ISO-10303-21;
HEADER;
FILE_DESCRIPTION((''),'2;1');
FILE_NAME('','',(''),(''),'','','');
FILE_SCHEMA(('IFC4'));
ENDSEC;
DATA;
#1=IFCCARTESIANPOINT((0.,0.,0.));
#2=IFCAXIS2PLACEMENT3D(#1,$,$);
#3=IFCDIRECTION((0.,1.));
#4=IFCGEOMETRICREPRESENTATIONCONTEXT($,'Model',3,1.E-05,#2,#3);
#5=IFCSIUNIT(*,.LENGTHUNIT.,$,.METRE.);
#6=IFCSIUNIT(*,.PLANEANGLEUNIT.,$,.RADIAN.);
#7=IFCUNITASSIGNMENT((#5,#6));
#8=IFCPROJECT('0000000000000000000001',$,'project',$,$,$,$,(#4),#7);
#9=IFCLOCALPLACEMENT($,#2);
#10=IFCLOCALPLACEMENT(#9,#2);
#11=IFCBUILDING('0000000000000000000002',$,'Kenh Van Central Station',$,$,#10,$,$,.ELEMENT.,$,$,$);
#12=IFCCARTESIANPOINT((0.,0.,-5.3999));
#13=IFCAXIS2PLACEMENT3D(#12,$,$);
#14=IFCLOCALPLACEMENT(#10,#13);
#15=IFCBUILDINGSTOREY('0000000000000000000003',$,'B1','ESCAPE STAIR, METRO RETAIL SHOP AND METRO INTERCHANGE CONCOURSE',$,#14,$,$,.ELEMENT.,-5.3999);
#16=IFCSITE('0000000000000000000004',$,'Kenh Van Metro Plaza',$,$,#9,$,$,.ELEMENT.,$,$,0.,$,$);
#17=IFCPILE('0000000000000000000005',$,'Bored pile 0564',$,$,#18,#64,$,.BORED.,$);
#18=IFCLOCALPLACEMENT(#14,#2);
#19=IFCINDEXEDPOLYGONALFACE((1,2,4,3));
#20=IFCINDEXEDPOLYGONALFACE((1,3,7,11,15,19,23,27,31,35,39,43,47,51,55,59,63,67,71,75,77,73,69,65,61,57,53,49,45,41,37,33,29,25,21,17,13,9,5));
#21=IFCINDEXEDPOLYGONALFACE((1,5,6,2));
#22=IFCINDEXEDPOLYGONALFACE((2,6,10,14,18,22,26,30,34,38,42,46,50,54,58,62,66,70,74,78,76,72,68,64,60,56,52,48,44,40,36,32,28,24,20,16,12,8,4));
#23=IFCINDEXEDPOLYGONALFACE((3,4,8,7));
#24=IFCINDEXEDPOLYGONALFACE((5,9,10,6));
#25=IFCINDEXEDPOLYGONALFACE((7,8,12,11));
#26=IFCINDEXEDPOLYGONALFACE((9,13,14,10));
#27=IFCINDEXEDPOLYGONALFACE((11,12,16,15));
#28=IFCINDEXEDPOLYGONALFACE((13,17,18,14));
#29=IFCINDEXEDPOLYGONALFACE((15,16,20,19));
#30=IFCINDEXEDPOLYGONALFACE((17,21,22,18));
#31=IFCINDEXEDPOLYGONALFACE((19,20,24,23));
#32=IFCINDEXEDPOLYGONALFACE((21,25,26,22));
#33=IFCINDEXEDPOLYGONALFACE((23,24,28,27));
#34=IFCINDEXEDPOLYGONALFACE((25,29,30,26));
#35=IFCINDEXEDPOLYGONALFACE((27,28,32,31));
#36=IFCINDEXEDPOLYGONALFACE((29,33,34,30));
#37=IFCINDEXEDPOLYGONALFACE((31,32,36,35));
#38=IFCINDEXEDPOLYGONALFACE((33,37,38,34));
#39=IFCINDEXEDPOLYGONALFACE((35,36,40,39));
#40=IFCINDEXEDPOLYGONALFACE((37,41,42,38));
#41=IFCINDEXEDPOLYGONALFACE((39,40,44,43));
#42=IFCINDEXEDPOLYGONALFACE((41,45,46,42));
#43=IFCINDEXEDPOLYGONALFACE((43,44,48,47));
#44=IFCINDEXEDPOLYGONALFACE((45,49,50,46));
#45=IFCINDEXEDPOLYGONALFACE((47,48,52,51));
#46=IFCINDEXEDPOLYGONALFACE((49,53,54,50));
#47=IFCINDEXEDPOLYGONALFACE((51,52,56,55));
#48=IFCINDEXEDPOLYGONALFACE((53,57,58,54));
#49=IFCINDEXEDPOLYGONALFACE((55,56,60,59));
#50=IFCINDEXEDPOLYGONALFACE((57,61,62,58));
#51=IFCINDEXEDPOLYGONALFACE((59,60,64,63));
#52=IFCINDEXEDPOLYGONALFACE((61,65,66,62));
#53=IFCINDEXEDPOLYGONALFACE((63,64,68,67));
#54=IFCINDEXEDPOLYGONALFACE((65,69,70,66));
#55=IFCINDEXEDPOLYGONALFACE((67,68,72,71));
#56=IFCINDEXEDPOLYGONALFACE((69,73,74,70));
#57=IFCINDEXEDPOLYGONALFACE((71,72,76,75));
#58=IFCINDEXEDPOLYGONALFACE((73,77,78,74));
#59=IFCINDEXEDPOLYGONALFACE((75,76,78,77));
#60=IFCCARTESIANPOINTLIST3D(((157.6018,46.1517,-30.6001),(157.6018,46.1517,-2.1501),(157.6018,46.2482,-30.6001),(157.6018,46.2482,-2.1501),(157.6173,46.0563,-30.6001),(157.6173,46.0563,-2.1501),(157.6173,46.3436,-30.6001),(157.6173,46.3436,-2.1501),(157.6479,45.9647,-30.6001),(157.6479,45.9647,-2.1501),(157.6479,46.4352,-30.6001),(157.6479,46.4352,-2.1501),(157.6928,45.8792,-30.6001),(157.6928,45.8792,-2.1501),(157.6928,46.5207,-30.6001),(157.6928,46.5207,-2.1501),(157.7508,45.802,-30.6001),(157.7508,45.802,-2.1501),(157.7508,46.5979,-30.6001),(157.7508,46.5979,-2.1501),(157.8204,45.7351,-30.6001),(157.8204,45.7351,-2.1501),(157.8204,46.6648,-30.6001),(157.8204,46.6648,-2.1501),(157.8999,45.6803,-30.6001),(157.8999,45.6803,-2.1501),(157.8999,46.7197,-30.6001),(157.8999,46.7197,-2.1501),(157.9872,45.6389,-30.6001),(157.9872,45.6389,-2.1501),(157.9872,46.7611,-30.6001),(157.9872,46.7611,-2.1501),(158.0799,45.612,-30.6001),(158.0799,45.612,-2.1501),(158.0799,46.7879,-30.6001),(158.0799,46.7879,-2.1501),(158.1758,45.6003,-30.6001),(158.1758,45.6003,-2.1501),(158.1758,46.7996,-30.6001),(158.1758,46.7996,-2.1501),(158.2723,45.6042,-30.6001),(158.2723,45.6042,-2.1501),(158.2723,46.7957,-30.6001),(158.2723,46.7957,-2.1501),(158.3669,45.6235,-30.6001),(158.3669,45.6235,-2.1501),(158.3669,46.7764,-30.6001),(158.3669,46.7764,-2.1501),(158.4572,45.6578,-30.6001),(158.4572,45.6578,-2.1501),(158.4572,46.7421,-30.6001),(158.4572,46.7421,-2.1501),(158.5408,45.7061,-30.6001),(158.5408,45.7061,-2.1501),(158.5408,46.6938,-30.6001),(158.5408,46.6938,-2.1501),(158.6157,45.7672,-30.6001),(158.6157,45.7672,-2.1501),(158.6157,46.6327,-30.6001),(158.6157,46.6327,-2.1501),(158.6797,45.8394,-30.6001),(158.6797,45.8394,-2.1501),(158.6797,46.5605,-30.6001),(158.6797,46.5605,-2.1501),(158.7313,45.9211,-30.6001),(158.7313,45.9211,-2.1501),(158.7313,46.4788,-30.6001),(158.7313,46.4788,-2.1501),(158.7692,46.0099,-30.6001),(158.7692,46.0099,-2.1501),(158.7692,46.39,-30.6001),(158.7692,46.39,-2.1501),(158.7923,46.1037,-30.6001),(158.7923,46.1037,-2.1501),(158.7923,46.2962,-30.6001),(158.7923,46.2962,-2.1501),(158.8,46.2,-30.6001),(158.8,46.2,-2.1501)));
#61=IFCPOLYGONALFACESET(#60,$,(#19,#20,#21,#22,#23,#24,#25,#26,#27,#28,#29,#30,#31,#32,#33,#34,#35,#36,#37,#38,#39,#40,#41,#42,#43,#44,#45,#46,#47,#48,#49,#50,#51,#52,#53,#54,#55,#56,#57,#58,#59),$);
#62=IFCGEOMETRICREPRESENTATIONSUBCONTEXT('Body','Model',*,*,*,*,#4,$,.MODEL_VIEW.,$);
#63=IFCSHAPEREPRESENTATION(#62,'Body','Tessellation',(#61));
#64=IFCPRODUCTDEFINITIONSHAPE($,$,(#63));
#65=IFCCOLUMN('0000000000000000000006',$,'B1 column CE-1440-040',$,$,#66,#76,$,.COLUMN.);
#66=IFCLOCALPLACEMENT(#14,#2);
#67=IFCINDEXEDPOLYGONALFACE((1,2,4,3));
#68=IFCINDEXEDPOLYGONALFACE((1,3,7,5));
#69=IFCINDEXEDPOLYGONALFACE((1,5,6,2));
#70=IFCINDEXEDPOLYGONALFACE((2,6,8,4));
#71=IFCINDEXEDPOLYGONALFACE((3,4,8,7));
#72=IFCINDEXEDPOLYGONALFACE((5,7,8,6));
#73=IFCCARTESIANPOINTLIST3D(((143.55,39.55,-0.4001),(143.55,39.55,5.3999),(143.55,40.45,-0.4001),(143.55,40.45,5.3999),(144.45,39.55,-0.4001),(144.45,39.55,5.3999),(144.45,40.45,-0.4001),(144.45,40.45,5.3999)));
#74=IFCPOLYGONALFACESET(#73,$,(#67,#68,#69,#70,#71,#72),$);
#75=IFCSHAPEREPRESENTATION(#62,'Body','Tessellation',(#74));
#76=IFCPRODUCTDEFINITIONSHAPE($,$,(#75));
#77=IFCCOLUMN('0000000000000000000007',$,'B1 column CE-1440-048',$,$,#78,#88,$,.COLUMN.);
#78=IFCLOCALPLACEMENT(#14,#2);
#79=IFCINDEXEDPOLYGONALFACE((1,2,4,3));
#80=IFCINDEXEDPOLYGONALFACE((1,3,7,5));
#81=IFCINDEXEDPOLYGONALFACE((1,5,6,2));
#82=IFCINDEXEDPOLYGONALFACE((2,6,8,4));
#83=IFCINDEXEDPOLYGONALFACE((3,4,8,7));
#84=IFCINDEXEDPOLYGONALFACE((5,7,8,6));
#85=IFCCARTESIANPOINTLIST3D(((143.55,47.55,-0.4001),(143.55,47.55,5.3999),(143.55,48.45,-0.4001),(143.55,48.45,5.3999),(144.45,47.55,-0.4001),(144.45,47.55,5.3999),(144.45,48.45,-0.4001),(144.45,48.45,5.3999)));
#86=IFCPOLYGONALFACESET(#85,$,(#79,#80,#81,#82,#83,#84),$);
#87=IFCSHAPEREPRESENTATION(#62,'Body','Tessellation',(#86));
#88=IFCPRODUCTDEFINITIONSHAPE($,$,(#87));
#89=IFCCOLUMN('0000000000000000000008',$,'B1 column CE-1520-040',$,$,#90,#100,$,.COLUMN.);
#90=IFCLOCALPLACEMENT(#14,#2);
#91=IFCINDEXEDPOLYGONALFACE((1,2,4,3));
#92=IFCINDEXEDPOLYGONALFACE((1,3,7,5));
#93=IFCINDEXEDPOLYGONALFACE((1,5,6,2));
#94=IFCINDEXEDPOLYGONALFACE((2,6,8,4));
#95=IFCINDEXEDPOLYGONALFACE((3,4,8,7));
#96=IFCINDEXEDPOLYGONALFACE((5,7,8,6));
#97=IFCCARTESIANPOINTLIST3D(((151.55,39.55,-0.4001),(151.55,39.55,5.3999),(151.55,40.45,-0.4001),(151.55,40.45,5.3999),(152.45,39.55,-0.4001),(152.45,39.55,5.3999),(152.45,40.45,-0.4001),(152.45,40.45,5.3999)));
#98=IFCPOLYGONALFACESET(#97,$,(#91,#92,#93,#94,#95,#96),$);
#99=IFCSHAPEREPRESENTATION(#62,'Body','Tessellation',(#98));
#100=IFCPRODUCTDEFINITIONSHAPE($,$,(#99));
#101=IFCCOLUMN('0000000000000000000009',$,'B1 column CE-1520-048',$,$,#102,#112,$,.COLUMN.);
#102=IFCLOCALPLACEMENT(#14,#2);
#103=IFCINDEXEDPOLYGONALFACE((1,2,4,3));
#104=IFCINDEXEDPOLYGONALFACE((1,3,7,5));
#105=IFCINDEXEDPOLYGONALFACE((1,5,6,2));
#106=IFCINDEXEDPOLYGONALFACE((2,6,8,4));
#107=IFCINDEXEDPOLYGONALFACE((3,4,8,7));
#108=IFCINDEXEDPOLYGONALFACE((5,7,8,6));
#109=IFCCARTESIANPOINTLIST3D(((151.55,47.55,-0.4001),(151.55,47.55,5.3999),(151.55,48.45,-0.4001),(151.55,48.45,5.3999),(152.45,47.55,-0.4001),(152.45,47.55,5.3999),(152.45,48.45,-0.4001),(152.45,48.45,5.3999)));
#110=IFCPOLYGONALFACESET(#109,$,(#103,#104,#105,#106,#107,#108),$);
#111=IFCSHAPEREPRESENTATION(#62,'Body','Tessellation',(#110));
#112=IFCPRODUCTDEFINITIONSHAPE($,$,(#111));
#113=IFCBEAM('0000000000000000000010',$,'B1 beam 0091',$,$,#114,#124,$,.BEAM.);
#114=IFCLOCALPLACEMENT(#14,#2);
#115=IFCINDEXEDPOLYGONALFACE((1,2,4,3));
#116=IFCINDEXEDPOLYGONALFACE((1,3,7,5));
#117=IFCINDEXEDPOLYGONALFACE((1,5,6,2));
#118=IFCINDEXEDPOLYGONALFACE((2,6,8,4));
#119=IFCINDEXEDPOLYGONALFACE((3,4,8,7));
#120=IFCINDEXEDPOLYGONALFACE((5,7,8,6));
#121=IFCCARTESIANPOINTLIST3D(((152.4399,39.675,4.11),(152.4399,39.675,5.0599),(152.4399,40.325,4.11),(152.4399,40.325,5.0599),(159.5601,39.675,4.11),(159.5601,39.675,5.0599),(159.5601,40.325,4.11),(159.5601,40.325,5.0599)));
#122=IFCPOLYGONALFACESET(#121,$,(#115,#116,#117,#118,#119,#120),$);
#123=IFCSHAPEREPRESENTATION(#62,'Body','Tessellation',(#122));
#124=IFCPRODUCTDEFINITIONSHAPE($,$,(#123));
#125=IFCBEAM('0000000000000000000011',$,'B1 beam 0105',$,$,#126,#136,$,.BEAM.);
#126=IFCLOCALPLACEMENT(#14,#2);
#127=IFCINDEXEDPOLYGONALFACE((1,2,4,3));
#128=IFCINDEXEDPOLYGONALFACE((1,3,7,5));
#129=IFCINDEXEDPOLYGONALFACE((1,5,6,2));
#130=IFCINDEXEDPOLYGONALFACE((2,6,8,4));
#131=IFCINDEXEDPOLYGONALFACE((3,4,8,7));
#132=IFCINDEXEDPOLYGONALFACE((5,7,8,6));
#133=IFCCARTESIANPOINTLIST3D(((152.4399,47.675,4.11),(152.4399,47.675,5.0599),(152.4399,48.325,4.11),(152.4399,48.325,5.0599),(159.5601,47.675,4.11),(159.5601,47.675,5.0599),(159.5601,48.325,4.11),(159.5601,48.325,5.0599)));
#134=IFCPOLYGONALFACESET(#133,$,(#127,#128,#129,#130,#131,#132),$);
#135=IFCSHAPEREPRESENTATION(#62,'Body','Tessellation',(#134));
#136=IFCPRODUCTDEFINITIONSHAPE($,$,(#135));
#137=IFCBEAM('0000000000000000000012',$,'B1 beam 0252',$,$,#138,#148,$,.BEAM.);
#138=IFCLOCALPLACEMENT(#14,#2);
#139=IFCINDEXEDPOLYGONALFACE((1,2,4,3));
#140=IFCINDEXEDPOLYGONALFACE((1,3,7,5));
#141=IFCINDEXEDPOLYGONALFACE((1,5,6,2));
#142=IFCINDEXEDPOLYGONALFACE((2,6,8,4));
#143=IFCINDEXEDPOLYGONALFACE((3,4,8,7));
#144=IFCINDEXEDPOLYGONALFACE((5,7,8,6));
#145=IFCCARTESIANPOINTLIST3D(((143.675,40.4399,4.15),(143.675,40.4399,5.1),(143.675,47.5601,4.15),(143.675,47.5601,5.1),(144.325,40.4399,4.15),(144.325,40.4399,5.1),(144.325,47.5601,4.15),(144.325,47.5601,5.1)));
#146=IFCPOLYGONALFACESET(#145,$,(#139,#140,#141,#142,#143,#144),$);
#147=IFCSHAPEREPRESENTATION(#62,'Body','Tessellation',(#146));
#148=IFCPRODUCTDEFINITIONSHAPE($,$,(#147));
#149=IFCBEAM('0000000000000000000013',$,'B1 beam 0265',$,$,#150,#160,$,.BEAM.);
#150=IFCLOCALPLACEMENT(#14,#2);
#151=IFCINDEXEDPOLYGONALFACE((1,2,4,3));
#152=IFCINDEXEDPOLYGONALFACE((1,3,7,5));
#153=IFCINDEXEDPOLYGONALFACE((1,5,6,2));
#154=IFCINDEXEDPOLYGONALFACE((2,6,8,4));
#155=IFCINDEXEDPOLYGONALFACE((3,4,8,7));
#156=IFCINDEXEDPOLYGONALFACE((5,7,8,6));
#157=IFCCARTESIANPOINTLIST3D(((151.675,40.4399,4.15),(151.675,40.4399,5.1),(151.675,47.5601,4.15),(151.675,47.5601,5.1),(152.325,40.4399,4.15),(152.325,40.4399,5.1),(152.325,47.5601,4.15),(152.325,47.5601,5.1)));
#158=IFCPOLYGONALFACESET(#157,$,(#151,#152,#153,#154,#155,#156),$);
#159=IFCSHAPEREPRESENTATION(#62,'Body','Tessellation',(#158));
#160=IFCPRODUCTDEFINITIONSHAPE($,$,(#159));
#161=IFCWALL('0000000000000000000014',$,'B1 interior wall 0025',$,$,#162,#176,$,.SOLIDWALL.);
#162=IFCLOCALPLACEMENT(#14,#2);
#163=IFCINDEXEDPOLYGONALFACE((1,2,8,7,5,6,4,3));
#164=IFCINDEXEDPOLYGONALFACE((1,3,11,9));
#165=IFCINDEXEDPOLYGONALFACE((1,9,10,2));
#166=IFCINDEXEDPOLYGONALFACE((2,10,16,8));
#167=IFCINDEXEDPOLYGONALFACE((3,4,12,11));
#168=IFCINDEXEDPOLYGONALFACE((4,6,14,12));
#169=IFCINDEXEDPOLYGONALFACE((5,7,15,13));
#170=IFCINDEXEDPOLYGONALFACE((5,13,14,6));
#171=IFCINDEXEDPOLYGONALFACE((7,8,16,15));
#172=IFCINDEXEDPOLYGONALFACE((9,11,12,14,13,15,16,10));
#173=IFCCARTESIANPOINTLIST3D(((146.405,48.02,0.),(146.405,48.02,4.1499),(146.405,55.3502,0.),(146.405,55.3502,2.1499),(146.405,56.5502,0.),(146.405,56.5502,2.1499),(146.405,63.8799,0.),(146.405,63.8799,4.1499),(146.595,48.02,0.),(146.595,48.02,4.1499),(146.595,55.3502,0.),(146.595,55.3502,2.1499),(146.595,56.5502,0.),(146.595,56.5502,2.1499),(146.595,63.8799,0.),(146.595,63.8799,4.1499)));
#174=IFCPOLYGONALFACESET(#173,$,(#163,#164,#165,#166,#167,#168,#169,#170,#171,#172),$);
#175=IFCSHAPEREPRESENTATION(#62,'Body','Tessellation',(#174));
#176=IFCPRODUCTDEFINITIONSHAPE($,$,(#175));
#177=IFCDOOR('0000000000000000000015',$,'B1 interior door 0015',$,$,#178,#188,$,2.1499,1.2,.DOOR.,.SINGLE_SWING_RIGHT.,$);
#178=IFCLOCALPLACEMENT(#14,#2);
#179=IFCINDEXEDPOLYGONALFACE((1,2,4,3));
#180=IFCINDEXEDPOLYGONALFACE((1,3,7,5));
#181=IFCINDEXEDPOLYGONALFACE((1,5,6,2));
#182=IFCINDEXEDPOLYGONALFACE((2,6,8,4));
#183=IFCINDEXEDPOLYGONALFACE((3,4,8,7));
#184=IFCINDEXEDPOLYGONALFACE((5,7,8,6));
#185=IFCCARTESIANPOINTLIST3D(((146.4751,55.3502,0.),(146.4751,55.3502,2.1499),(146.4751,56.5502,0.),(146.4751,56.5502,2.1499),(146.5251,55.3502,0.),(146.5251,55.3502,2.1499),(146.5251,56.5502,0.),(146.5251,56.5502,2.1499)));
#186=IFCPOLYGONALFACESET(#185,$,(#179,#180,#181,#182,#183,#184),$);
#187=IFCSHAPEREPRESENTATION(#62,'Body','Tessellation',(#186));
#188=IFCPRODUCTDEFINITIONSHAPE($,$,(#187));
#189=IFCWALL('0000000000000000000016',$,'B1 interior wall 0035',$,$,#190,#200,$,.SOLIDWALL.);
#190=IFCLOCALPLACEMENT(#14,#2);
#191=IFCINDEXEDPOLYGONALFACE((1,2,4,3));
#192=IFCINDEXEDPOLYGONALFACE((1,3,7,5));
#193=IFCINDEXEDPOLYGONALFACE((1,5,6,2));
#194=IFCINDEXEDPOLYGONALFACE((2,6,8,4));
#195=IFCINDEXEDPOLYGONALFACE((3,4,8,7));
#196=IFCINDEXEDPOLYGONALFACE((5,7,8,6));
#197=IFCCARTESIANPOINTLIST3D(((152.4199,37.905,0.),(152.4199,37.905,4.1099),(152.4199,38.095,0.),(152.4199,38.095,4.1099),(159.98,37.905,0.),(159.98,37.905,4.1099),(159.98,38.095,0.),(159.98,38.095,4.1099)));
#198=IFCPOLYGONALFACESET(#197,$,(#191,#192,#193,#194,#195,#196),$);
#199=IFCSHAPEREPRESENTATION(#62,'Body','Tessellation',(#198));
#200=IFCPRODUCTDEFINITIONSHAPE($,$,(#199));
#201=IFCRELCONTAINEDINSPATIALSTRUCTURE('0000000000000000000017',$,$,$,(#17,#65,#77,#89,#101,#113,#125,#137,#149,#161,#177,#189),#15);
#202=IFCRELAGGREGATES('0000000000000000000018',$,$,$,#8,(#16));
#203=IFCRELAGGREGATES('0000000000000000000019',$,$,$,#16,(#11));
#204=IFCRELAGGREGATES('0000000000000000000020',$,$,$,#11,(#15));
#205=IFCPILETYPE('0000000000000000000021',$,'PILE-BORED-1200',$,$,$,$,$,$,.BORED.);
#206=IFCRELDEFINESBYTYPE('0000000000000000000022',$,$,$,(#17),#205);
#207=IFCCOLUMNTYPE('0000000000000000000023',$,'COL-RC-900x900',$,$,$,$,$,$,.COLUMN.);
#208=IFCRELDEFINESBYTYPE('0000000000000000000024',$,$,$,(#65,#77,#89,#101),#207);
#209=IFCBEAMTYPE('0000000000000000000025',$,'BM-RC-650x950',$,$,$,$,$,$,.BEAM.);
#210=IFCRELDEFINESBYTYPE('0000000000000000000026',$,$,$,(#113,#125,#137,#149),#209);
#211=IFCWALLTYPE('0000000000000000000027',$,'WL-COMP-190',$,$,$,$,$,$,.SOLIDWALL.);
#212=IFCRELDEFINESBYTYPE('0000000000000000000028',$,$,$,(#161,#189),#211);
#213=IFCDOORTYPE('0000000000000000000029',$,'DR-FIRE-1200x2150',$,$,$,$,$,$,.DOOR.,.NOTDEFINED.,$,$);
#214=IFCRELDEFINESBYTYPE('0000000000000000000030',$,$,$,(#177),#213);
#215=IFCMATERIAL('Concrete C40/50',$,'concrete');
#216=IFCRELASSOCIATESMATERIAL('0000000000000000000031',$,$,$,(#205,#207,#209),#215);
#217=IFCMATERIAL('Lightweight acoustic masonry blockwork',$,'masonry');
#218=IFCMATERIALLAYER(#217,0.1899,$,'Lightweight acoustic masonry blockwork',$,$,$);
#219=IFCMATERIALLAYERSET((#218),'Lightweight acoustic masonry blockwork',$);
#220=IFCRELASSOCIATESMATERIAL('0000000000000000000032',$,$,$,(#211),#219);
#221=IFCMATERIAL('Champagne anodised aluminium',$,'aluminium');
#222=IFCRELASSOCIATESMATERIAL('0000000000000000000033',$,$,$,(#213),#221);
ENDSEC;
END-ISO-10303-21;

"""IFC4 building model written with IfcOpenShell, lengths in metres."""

from ifc_helpers import new_model, si_unit, direction, frame, frame_2d, origin, origin_2d, place, context, subcontext, project, spatial, rectangle, circle, extrude, material, layer, layer_set, material_profile, profile_set, type_object, element, fill, save


model = new_model("IFC4")

# Units and contexts
model_context = context("Model", 3, precision=1e-05, world=origin(), true_north=direction((0.0, 1.0)))
body_context = subcontext(model_context, "Body", "Model", "MODEL_VIEW")
ifc_project = project(units=[si_unit("LENGTHUNIT", "METRE"), si_unit("PLANEANGLEUNIT", "RADIAN")], contexts=[model_context])

# Site, building, storey
site_placement = place(None, origin())
site = spatial("IfcSite", under=ifc_project, at=site_placement, Name="Kenh Van Metro Plaza", CompositionType="ELEMENT", RefElevation=0.0)
building_placement = place(site_placement, origin())
building = spatial("IfcBuilding", under=site, at=building_placement, Name="Kenh Van Central Station", CompositionType="ELEMENT")
storey_placement = place(building_placement, frame((0.0, 0.0, -5.3999)))
storey = spatial("IfcBuildingStorey", under=building, at=storey_placement, Name="B1", Description="ESCAPE STAIR, METRO RETAIL SHOP AND METRO INTERCHANGE CONCOURSE", CompositionType="ELEMENT", Elevation=-5.3999)

# Shared definitions
ifc_material_1 = material(Name="Concrete C40/50", Category="concrete")

# Pile
ifc_material_profile_1 = material_profile(ifc_material_1, circle(Radius=0.6001, at=origin_2d()), Name="PILE D1200")
ifc_profile_set_1 = profile_set([ifc_material_profile_1], Name="Concrete C40/50")
pile_type = type_object("IfcPileType", Name="PILE-BORED-1200", PredefinedType="BORED", material=ifc_profile_set_1)
pile_placement = place(storey_placement, frame((158.2, 46.2, -2.1501), z_axis=(0.0, 0.0, -1.0), x_axis=(1.0, 0.0, 0.0)))
element("IfcPile", 1, at=pile_placement, inside=storey, type_object=pile_type, Name="Bored pile 0564", PredefinedType="BORED", context=body_context, shape_type="SweptSolid", body=[
    extrude(circle(Radius=0.6001, at=origin_2d()), origin(), (0.0, 0.0, 1.0), 28.45),
])

# Columns
ifc_material_profile_2 = material_profile(ifc_material_1, rectangle(XDim=0.8999, YDim=0.8999, at=origin_2d()), Name="RC 900x900")
ifc_profile_set_2 = profile_set([ifc_material_profile_2], Name="Concrete C40/50")
column_type = type_object("IfcColumnType", Name="COL-RC-900x900", PredefinedType="COLUMN", material=ifc_profile_set_2)
for number, where, z_axis, x_axis, name in (
    (2, (144.0, 40.0, -0.4001), (0.0, 0.0, 1.0), (1.0, 0.0, 0.0), "B1 column CE-1440-040"),
    (3, (144.0, 48.0, -0.4001), (0.0, 0.0, 1.0), (1.0, 0.0, 0.0), "B1 column CE-1440-048"),
    (4, (152.0, 40.0, -0.4001), (0.0, 0.0, 1.0), (1.0, 0.0, 0.0), "B1 column CE-1520-040"),
    (5, (152.0, 48.0, -0.4001), (0.0, 0.0, 1.0), (1.0, 0.0, 0.0), "B1 column CE-1520-048"),
):
    element("IfcColumn", number, at=place(storey_placement, frame(where, z_axis=z_axis, x_axis=x_axis)), inside=storey, type_object=column_type, Name=name, PredefinedType="COLUMN", context=body_context, shape_type="SweptSolid", body=[
        extrude(rectangle(XDim=0.8999, YDim=0.8999, at=origin_2d()), origin(), (0.0, 0.0, 1.0), 5.8),
    ])

# Beams
ifc_material_profile_3 = material_profile(ifc_material_1, rectangle(XDim=0.6499, YDim=0.95, at=origin_2d()), Name="RC 650x950")
ifc_profile_set_3 = profile_set([ifc_material_profile_3], Name="Concrete C40/50")
beam_type = type_object("IfcBeamType", Name="BM-RC-650x950", PredefinedType="BEAM", material=ifc_profile_set_3)
for number, where, z_axis, x_axis, name in (
    (6, (152.4399, 40.0, 4.585), (1.0, 0.0, 0.0), (0.0, 1.0, 0.0), "B1 beam 0091"),
    (7, (152.4399, 48.0, 4.585), (1.0, 0.0, 0.0), (0.0, 1.0, 0.0), "B1 beam 0105"),
    (8, (144.0, 40.4399, 4.625), (0.0, 1.0, 0.0), (-1.0, 0.0, 0.0), "B1 beam 0252"),
    (9, (152.0, 40.4399, 4.625), (0.0, 1.0, 0.0), (-1.0, 0.0, 0.0), "B1 beam 0265"),
):
    element("IfcBeam", number, at=place(storey_placement, frame(where, z_axis=z_axis, x_axis=x_axis)), inside=storey, type_object=beam_type, Name=name, PredefinedType="BEAM", context=body_context, shape_type="SweptSolid", body=[
        extrude(rectangle(XDim=0.6499, YDim=0.95, at=origin_2d()), origin(), (0.0, 0.0, 1.0), 7.1201),
    ])

# Wall, opening, door
ifc_material_2 = material(Name="Lightweight acoustic masonry blockwork", Category="masonry")
ifc_layer_1 = layer(ifc_material_2, 0.1899, Name="Lightweight acoustic masonry blockwork")
ifc_layer_set_1 = layer_set([ifc_layer_1], Name="Lightweight acoustic masonry blockwork")
wall_type_1 = type_object("IfcWallType", Name="WL-COMP-190", PredefinedType="SOLIDWALL", material=ifc_layer_set_1)
wall_1_placement = place(storey_placement, frame((146.5, 48.02, 0.0), z_axis=(0.0, 0.0, 1.0), x_axis=(0.0, 1.0, 0.0)))
wall_1 = element("IfcWall", 10, at=wall_1_placement, inside=storey, type_object=wall_type_1, Name="B1 interior wall 0025", PredefinedType="SOLIDWALL", context=body_context, shape_type="SweptSolid", body=[
    extrude(rectangle(XDim=15.8599, YDim=0.1899, at=frame_2d((7.9299, 0.0))), origin(), (0.0, 0.0, 1.0), 4.1499),
])
opening_1_placement = place(wall_1_placement, frame((7.3301, 0.0, 0.0)))
opening_1 = element("IfcOpeningElement", 11, at=opening_1_placement, cuts=wall_1, PredefinedType="OPENING", context=body_context, shape_type="SweptSolid", body=[
    extrude(rectangle(XDim=1.2, YDim=2.1499, at=frame_2d((0.6001, 1.075))), frame((0.0, 0.105, 0.0), z_axis=(0.0, -1.0, 0.0), x_axis=(1.0, 0.0, 0.0)), (0.0, 0.0, 1.0), 0.21),
])
ifc_material_3 = material(Name="Champagne anodised aluminium", Category="aluminium")
door_type_1 = type_object("IfcDoorType", Name="DR-FIRE-1200x2150", OperationType="NOTDEFINED", PredefinedType="DOOR", material=ifc_material_3)
door_1_placement = place(opening_1_placement, origin())
door_1 = element("IfcDoor", 12, at=door_1_placement, inside=storey, type_object=door_type_1, Name="B1 interior door 0015", OperationType="SINGLE_SWING_RIGHT", OverallHeight=2.1499, OverallWidth=1.2, PredefinedType="DOOR", context=body_context, shape_type="SweptSolid", body=[
    extrude(rectangle(XDim=1.2, YDim=2.1499, at=frame_2d((0.6001, 1.075))), frame((0.0, 0.0249, 0.0), z_axis=(0.0, -1.0, 0.0), x_axis=(1.0, 0.0, 0.0)), (0.0, 0.0, 1.0), 0.05),
])
fill(opening_1, door_1)

# Wall
wall_2_placement = place(storey_placement, frame((152.4199, 38.0, 0.0), z_axis=(0.0, 0.0, 1.0), x_axis=(1.0, 0.0, 0.0)))
element("IfcWall", 13, at=wall_2_placement, inside=storey, type_object=wall_type_1, Name="B1 interior wall 0035", PredefinedType="SOLIDWALL", context=body_context, shape_type="SweptSolid", body=[
    extrude(rectangle(XDim=7.5601, YDim=0.1899, at=frame_2d((3.78, 0.0))), origin(), (0.0, 0.0, 1.0), 4.1099),
])

save(model, "model.ifc")
